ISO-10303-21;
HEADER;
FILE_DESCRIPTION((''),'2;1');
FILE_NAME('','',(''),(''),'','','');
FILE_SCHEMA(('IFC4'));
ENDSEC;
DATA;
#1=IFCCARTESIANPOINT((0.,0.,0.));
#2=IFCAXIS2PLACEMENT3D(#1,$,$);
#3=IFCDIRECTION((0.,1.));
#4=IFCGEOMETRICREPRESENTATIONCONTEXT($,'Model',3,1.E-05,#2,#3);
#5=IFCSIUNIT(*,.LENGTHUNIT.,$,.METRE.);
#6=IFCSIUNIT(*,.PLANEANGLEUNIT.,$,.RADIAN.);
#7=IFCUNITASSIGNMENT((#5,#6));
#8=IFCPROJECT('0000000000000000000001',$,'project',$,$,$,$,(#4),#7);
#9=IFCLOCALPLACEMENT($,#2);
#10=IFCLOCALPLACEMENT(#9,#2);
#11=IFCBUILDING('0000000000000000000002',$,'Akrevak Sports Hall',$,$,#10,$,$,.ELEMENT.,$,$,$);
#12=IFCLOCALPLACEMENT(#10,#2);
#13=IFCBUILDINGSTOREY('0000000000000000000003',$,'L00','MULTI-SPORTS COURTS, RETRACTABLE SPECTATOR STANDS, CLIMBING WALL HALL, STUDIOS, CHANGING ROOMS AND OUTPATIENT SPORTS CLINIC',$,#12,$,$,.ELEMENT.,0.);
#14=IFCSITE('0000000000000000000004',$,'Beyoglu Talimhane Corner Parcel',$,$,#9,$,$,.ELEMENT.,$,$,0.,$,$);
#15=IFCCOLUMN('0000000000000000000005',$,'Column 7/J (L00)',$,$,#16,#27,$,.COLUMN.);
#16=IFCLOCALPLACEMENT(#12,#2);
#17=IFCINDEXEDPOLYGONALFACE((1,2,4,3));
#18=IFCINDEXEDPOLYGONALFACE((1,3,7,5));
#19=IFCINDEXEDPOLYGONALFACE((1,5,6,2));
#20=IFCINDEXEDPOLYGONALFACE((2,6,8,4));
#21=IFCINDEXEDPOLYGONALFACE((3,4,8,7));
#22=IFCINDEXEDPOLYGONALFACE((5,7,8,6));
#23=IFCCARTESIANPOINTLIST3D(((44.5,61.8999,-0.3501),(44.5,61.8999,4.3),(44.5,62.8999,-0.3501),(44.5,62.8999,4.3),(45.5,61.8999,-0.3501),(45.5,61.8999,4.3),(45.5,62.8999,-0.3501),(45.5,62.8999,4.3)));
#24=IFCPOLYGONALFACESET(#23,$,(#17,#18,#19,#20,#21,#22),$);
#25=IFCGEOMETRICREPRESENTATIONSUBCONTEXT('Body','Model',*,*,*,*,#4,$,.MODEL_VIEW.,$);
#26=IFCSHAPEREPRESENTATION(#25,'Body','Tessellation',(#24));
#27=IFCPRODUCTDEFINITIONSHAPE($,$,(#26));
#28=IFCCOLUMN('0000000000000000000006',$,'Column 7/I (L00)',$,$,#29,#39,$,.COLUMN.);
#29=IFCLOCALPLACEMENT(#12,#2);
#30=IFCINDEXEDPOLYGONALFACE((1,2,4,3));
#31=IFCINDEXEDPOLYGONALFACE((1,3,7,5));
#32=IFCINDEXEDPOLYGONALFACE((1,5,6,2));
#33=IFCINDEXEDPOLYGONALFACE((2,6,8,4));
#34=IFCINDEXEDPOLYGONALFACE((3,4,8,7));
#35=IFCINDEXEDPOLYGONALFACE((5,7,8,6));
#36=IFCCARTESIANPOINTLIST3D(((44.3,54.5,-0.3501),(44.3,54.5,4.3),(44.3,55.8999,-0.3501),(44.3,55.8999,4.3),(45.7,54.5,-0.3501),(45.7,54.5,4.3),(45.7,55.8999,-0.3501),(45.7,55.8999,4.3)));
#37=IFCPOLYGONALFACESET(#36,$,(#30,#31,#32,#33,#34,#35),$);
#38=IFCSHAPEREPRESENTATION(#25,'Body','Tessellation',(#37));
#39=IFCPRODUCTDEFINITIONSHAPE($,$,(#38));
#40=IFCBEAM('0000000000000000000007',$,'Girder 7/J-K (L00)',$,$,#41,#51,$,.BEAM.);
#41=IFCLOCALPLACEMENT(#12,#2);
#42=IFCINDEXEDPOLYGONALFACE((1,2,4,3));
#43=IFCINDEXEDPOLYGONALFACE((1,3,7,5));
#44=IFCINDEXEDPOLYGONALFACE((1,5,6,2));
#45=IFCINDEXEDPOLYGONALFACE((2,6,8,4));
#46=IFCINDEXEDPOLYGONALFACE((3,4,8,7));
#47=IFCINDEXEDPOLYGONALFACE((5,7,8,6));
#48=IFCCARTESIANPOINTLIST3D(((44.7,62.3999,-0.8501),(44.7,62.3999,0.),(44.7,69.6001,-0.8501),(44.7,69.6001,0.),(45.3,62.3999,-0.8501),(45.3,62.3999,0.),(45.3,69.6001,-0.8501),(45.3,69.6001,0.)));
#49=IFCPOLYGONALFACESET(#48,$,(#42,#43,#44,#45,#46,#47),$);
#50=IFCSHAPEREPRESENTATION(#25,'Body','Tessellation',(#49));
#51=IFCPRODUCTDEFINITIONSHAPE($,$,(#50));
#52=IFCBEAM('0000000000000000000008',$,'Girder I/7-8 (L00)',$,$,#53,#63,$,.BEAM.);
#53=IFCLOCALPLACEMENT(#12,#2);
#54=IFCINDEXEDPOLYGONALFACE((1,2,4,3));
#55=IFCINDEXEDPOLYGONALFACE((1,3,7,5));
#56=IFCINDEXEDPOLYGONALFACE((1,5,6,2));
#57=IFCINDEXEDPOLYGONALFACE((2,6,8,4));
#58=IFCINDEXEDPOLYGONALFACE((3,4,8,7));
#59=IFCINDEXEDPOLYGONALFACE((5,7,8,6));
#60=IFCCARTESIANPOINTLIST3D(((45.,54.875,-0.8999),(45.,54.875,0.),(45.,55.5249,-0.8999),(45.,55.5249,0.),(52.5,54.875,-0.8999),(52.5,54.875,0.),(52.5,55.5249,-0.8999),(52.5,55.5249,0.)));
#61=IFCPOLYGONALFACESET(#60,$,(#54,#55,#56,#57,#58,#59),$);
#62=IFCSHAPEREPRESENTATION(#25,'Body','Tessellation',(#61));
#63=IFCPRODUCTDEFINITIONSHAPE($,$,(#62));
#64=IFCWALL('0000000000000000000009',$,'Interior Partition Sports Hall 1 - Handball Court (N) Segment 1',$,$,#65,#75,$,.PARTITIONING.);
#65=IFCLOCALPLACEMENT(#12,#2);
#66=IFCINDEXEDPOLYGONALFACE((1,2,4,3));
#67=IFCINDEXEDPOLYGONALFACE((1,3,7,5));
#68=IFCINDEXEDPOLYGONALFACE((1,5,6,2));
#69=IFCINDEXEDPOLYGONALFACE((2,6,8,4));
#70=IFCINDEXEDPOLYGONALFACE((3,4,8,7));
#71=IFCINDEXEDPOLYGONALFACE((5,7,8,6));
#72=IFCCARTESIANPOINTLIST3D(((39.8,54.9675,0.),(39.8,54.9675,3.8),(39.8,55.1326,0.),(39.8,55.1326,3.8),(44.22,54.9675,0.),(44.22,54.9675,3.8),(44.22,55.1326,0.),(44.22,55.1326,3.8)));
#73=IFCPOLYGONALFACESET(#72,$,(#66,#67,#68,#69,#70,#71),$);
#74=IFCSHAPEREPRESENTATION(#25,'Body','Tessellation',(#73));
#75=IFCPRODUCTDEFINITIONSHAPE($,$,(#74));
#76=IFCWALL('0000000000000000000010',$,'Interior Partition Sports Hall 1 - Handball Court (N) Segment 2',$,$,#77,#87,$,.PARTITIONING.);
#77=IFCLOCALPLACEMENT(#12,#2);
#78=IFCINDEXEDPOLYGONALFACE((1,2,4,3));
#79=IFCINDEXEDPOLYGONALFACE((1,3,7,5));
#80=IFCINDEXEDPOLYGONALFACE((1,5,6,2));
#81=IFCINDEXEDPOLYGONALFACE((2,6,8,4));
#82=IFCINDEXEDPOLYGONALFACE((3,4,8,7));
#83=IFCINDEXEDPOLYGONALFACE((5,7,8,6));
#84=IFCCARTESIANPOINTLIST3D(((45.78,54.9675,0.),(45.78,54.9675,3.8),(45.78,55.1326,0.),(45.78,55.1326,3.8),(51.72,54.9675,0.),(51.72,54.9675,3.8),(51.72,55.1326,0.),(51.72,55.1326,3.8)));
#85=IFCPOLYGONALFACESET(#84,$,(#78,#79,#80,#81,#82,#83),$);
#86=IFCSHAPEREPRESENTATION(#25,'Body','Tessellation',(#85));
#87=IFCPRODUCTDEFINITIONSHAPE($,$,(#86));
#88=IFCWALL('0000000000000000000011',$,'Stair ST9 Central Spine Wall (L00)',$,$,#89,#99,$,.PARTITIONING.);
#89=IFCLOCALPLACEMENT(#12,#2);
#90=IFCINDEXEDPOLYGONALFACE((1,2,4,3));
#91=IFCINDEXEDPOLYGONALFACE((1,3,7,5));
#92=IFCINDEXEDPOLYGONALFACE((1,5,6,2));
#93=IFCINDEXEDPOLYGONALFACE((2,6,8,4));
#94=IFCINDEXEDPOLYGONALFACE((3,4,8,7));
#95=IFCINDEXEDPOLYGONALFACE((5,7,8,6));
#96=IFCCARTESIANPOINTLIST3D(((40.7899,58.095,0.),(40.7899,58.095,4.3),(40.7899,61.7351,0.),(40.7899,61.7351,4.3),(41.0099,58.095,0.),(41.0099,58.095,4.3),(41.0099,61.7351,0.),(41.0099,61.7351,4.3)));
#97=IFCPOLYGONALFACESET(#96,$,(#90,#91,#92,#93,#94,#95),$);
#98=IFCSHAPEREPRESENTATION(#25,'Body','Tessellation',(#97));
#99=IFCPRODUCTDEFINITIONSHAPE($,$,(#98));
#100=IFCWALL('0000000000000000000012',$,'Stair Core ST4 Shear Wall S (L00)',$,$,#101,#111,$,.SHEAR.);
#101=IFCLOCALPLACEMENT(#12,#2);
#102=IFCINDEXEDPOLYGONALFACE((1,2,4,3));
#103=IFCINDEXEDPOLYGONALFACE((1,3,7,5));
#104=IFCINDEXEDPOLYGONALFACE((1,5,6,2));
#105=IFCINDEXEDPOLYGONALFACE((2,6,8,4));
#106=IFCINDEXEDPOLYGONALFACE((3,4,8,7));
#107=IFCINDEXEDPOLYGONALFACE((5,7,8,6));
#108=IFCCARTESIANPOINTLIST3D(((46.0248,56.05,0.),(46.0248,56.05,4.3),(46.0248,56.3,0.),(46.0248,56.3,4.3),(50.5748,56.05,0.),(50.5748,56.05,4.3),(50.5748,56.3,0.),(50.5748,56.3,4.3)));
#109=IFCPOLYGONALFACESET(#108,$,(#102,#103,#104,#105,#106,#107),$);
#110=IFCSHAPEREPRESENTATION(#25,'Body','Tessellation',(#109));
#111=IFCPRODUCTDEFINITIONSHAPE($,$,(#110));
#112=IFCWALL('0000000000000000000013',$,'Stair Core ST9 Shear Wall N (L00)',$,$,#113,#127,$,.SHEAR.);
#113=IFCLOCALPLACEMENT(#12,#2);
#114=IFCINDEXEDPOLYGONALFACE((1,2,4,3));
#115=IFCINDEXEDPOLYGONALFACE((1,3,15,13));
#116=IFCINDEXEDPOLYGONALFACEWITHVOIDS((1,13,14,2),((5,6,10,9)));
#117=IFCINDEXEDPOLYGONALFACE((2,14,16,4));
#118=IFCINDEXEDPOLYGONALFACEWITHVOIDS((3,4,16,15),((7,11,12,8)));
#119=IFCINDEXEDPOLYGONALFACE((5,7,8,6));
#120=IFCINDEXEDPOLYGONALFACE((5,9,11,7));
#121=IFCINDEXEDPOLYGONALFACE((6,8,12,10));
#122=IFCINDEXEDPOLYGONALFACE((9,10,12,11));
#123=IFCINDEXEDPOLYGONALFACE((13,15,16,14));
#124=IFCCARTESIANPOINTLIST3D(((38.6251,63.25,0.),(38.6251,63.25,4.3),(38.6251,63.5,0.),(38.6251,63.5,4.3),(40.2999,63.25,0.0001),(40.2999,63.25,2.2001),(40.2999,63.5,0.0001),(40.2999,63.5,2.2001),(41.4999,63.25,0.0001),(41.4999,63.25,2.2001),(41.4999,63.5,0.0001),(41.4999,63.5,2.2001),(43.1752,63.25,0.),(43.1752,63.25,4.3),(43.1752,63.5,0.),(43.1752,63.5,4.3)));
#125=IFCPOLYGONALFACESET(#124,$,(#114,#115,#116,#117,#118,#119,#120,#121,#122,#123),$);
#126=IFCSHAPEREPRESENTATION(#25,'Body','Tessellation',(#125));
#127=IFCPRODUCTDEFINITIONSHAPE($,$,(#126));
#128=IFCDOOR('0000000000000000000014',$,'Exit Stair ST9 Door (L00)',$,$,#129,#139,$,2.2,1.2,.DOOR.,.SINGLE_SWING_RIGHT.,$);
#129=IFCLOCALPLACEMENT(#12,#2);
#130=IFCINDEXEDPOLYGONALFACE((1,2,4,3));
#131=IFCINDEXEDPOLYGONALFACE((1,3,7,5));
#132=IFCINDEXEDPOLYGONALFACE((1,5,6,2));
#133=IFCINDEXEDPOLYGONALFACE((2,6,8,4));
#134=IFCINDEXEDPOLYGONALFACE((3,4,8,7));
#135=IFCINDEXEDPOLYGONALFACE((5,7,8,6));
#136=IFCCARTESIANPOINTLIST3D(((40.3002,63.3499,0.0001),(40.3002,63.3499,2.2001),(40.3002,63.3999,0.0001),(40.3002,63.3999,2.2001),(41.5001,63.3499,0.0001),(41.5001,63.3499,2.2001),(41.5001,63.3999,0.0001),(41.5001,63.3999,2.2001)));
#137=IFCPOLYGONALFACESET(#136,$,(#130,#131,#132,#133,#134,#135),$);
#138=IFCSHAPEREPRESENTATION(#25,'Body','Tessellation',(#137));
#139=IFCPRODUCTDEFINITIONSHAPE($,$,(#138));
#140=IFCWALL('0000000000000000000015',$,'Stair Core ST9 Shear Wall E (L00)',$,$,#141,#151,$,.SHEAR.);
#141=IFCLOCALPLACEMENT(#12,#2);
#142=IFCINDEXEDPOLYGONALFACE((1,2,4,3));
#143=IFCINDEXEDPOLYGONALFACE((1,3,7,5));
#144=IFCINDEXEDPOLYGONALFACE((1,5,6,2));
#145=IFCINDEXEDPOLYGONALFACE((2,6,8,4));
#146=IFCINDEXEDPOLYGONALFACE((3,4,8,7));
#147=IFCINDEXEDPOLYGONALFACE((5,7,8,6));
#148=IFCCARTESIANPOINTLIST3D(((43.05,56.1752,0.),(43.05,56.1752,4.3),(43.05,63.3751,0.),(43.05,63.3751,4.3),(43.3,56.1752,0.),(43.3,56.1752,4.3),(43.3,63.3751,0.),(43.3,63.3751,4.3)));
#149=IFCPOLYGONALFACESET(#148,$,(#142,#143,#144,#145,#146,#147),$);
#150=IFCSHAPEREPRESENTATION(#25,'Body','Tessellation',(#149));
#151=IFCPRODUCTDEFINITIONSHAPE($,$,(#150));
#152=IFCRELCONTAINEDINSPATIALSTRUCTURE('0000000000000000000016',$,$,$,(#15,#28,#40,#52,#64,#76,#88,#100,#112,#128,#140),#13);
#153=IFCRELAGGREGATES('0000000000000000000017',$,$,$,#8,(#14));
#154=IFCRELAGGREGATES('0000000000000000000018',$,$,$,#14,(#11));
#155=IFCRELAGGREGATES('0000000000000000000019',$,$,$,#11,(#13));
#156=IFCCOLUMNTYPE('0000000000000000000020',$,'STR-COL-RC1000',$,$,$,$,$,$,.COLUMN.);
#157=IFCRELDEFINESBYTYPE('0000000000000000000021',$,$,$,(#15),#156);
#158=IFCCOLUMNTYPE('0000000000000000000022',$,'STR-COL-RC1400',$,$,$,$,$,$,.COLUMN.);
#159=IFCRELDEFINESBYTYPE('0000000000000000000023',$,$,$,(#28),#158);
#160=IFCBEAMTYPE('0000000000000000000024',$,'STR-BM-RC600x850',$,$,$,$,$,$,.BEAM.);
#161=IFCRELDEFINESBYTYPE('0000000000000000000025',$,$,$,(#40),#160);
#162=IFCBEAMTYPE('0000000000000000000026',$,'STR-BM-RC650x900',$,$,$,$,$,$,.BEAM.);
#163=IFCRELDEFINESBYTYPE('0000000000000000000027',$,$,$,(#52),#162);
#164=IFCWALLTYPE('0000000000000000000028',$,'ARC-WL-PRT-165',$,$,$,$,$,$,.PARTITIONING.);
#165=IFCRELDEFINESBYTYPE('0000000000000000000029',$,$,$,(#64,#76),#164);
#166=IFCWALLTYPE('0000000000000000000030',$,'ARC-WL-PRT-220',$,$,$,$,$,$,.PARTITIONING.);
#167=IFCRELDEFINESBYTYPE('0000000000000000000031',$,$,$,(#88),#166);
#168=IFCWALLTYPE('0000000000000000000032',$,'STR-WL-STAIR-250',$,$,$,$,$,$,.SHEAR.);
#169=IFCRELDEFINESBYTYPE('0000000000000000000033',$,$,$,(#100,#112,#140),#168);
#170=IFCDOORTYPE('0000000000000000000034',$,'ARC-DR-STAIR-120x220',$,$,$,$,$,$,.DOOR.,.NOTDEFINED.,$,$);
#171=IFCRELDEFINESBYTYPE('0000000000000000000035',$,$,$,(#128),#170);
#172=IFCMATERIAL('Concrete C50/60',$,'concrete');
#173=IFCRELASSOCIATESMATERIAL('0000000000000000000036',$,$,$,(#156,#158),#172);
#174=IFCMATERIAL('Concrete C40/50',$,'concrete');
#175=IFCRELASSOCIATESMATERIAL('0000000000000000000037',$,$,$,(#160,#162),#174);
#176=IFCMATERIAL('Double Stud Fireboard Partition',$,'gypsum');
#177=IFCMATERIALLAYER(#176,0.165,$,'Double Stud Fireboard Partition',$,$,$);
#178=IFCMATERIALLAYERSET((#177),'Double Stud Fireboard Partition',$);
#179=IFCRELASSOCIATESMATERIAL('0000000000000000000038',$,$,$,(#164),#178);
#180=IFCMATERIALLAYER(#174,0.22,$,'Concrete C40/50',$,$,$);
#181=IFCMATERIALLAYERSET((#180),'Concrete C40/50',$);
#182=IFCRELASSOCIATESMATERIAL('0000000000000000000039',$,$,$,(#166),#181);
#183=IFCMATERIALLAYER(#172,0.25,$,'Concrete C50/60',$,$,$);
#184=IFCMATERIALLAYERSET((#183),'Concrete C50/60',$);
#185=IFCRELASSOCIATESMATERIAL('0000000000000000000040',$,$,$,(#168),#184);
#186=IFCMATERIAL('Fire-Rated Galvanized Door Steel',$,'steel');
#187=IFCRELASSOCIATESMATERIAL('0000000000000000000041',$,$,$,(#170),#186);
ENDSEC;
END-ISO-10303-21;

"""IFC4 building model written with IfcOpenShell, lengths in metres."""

from ifc_helpers import new_model, si_unit, direction, frame, frame_2d, origin, origin_2d, place, context, subcontext, project, spatial, rectangle, extrude, material, layer, layer_set, material_profile, profile_set, type_object, element, fill, save


model = new_model("IFC4")

# Units and contexts
model_context = context("Model", 3, precision=1e-05, world=origin(), true_north=direction((0.0, 1.0)))
body_context = subcontext(model_context, "Body", "Model", "MODEL_VIEW")
ifc_project = project(units=[si_unit("LENGTHUNIT", "METRE"), si_unit("PLANEANGLEUNIT", "RADIAN")], contexts=[model_context])

# Site, building, storey
site_placement = place(None, origin())
site = spatial("IfcSite", under=ifc_project, at=site_placement, Name="Beyoglu Talimhane Corner Parcel", CompositionType="ELEMENT", RefElevation=0.0)
building_placement = place(site_placement, origin())
building = spatial("IfcBuilding", under=site, at=building_placement, Name="Akrevak Sports Hall", CompositionType="ELEMENT")
storey_placement = place(building_placement, origin())
storey = spatial("IfcBuildingStorey", under=building, at=storey_placement, Name="L00", Description="MULTI-SPORTS COURTS, RETRACTABLE SPECTATOR STANDS, CLIMBING WALL HALL, STUDIOS, CHANGING ROOMS AND OUTPATIENT SPORTS CLINIC", CompositionType="ELEMENT", Elevation=0.0)

# Columns
ifc_material_1 = material(Name="Concrete C50/60", Category="concrete")
ifc_material_profile_1 = material_profile(ifc_material_1, rectangle(XDim=1.0, YDim=1.0, at=origin_2d()), Name="RC 1000x1000", Category="concrete")
ifc_profile_set_1 = profile_set([ifc_material_profile_1], Name="Concrete C50/60")
column_type_1 = type_object("IfcColumnType", Name="STR-COL-RC1000", PredefinedType="COLUMN", material=ifc_profile_set_1)
column_1_placement = place(storey_placement, frame((45.0, 62.3999, -0.3501), z_axis=(0.0, 0.0, 1.0), x_axis=(1.0, 0.0, 0.0)))
element("IfcColumn", 1, at=column_1_placement, inside=storey, type_object=column_type_1, Name="Column 7/J (L00)", PredefinedType="COLUMN", context=body_context, shape_type="SweptSolid", body=[
    extrude(rectangle(XDim=1.0, YDim=1.0, at=origin_2d()), origin(), (0.0, 0.0, 1.0), 4.6501),
])
ifc_material_profile_2 = material_profile(ifc_material_1, rectangle(XDim=1.3999, YDim=1.3999, at=origin_2d()), Name="RC 1400x1400", Category="concrete")
ifc_profile_set_2 = profile_set([ifc_material_profile_2], Name="Concrete C50/60")
column_type_2 = type_object("IfcColumnType", Name="STR-COL-RC1400", PredefinedType="COLUMN", material=ifc_profile_set_2)
column_2_placement = place(storey_placement, frame((45.0, 55.2, -0.3501), z_axis=(0.0, 0.0, 1.0), x_axis=(1.0, 0.0, 0.0)))
element("IfcColumn", 2, at=column_2_placement, inside=storey, type_object=column_type_2, Name="Column 7/I (L00)", PredefinedType="COLUMN", context=body_context, shape_type="SweptSolid", body=[
    extrude(rectangle(XDim=1.3999, YDim=1.3999, at=origin_2d()), origin(), (0.0, 0.0, 1.0), 4.6501),
])

# Beams
ifc_material_2 = material(Name="Concrete C40/50", Category="concrete")
ifc_material_profile_3 = material_profile(ifc_material_2, rectangle(XDim=0.6001, YDim=0.8501, at=origin_2d()), Name="BM 600x850", Category="concrete")
ifc_profile_set_3 = profile_set([ifc_material_profile_3], Name="Concrete C40/50")
beam_type_1 = type_object("IfcBeamType", Name="STR-BM-RC600x850", PredefinedType="BEAM", material=ifc_profile_set_3)
beam_1_placement = place(storey_placement, frame((45.0, 62.3999, -0.425), z_axis=(0.0, 1.0, 0.0), x_axis=(-1.0, 0.0, 0.0)))
element("IfcBeam", 3, at=beam_1_placement, inside=storey, type_object=beam_type_1, Name="Girder 7/J-K (L00)", PredefinedType="BEAM", context=body_context, shape_type="SweptSolid", body=[
    extrude(rectangle(XDim=0.6001, YDim=0.8501, at=origin_2d()), origin(), (0.0, 0.0, 1.0), 7.2002),
])
ifc_material_profile_4 = material_profile(ifc_material_2, rectangle(XDim=0.6499, YDim=0.8999, at=origin_2d()), Name="BM 650x900", Category="concrete")
ifc_profile_set_4 = profile_set([ifc_material_profile_4], Name="Concrete C40/50")
beam_type_2 = type_object("IfcBeamType", Name="STR-BM-RC650x900", PredefinedType="BEAM", material=ifc_profile_set_4)
beam_2_placement = place(storey_placement, frame((45.0, 55.2, -0.45), z_axis=(1.0, 0.0, 0.0), x_axis=(0.0, 1.0, 0.0)))
element("IfcBeam", 4, at=beam_2_placement, inside=storey, type_object=beam_type_2, Name="Girder I/7-8 (L00)", PredefinedType="BEAM", context=body_context, shape_type="SweptSolid", body=[
    extrude(rectangle(XDim=0.6499, YDim=0.8999, at=origin_2d()), origin(), (0.0, 0.0, 1.0), 7.5),
])

# Walls
ifc_material_3 = material(Name="Double Stud Fireboard Partition", Category="gypsum")
ifc_layer_1 = layer(ifc_material_3, 0.165, Name="Double Stud Fireboard Partition")
ifc_layer_set_1 = layer_set([ifc_layer_1], Name="Double Stud Fireboard Partition")
wall_type_1 = type_object("IfcWallType", Name="ARC-WL-PRT-165", PredefinedType="PARTITIONING", material=ifc_layer_set_1)
wall_1_placement = place(storey_placement, frame((39.8, 55.05, 0.0), z_axis=(0.0, 0.0, 1.0), x_axis=(1.0, 0.0, 0.0)))
element("IfcWall", 5, at=wall_1_placement, inside=storey, type_object=wall_type_1, Name="Interior Partition Sports Hall 1 - Handball Court (N) Segment 1", PredefinedType="PARTITIONING", context=body_context, shape_type="SweptSolid", body=[
    extrude(rectangle(XDim=4.4199, YDim=0.165, at=frame_2d((2.21, 0.0))), origin(), (0.0, 0.0, 1.0), 3.8),
])
wall_2_placement = place(storey_placement, frame((45.78, 55.05, 0.0), z_axis=(0.0, 0.0, 1.0), x_axis=(1.0, 0.0, 0.0)))
element("IfcWall", 6, at=wall_2_placement, inside=storey, type_object=wall_type_1, Name="Interior Partition Sports Hall 1 - Handball Court (N) Segment 2", PredefinedType="PARTITIONING", context=body_context, shape_type="SweptSolid", body=[
    extrude(rectangle(XDim=5.9399, YDim=0.165, at=frame_2d((2.97, 0.0))), origin(), (0.0, 0.0, 1.0), 3.8),
])
ifc_layer_2 = layer(ifc_material_2, 0.22, Name="Concrete C40/50")
ifc_layer_set_2 = layer_set([ifc_layer_2], Name="Concrete C40/50")
wall_type_2 = type_object("IfcWallType", Name="ARC-WL-PRT-220", PredefinedType="PARTITIONING", material=ifc_layer_set_2)
wall_3_placement = place(storey_placement, frame((40.8999, 58.095, 0.0), z_axis=(0.0, 0.0, 1.0), x_axis=(0.0, 1.0, 0.0)))
element("IfcWall", 7, at=wall_3_placement, inside=storey, type_object=wall_type_2, Name="Stair ST9 Central Spine Wall (L00)", PredefinedType="PARTITIONING", context=body_context, shape_type="SweptSolid", body=[
    extrude(rectangle(XDim=3.6401, YDim=0.22, at=frame_2d((1.8201, 0.0))), origin(), (0.0, 0.0, 1.0), 4.3),
])
ifc_layer_3 = layer(ifc_material_1, 0.25, Name="Concrete C50/60")
ifc_layer_set_3 = layer_set([ifc_layer_3], Name="Concrete C50/60")
wall_type_3 = type_object("IfcWallType", Name="STR-WL-STAIR-250", PredefinedType="SHEAR", material=ifc_layer_set_3)
wall_4_placement = place(storey_placement, frame((46.0249, 56.175, 0.0), z_axis=(0.0, 0.0, 1.0), x_axis=(1.0, 0.0, 0.0)))
element("IfcWall", 8, at=wall_4_placement, inside=storey, type_object=wall_type_3, Name="Stair Core ST4 Shear Wall S (L00)", PredefinedType="SHEAR", context=body_context, shape_type="SweptSolid", body=[
    extrude(rectangle(XDim=4.55, YDim=0.25, at=frame_2d((2.2749, 0.0))), origin(), (0.0, 0.0, 1.0), 4.3),
])

# Wall, opening, door
wall_5_placement = place(storey_placement, frame((43.175, 63.375, 0.0), z_axis=(0.0, 0.0, 1.0), x_axis=(-1.0, 0.0, 0.0)))
wall_5 = element("IfcWall", 9, at=wall_5_placement, inside=storey, type_object=wall_type_3, Name="Stair Core ST9 Shear Wall N (L00)", PredefinedType="SHEAR", context=body_context, shape_type="SweptSolid", body=[
    extrude(rectangle(XDim=4.55, YDim=0.25, at=frame_2d((2.2749, 0.0))), origin(), (0.0, 0.0, 1.0), 4.3),
])
opening_placement = place(wall_5_placement, frame((1.675, 0.0, 0.0)))
opening = element("IfcOpeningElement", 10, at=opening_placement, cuts=wall_5, PredefinedType="OPENING", context=body_context, shape_type="SweptSolid", body=[
    extrude(rectangle(XDim=1.2, YDim=2.2, at=frame_2d((0.6001, 1.1001))), frame((0.0, 0.137, 0.0), z_axis=(0.0, -1.0, 0.0), x_axis=(1.0, 0.0, 0.0)), (0.0, 0.0, 1.0), 0.2739),
])
ifc_material_4 = material(Name="Fire-Rated Galvanized Door Steel", Category="steel")
door_type = type_object("IfcDoorType", Name="ARC-DR-STAIR-120x220", OperationType="NOTDEFINED", PredefinedType="DOOR", material=ifc_material_4)
door_placement = place(opening_placement, frame((1.2, 0.0, 0.0), z_axis=(0.0, 0.0, 1.0), x_axis=(-1.0, 0.0, 0.0)))
door = element("IfcDoor", 11, at=door_placement, inside=storey, type_object=door_type, Name="Exit Stair ST9 Door (L00)", OperationType="SINGLE_SWING_RIGHT", OverallHeight=2.2, OverallWidth=1.2, PredefinedType="DOOR", context=body_context, shape_type="SweptSolid", body=[
    extrude(rectangle(XDim=1.2, YDim=2.2, at=frame_2d((0.6001, 1.1001))), frame((0.0, 0.0249, 0.0), z_axis=(0.0, -1.0, 0.0), x_axis=(1.0, 0.0, 0.0)), (0.0, 0.0, 1.0), 0.05),
])
fill(opening, door)

# Wall
wall_6_placement = place(storey_placement, frame((43.175, 56.175, 0.0), z_axis=(0.0, 0.0, 1.0), x_axis=(0.0, 1.0, 0.0)))
element("IfcWall", 12, at=wall_6_placement, inside=storey, type_object=wall_type_3, Name="Stair Core ST9 Shear Wall E (L00)", PredefinedType="SHEAR", context=body_context, shape_type="SweptSolid", body=[
    extrude(rectangle(XDim=7.2, YDim=0.25, at=frame_2d((3.6001, 0.0))), origin(), (0.0, 0.0, 1.0), 4.3),
])

save(model, "model.ifc")
